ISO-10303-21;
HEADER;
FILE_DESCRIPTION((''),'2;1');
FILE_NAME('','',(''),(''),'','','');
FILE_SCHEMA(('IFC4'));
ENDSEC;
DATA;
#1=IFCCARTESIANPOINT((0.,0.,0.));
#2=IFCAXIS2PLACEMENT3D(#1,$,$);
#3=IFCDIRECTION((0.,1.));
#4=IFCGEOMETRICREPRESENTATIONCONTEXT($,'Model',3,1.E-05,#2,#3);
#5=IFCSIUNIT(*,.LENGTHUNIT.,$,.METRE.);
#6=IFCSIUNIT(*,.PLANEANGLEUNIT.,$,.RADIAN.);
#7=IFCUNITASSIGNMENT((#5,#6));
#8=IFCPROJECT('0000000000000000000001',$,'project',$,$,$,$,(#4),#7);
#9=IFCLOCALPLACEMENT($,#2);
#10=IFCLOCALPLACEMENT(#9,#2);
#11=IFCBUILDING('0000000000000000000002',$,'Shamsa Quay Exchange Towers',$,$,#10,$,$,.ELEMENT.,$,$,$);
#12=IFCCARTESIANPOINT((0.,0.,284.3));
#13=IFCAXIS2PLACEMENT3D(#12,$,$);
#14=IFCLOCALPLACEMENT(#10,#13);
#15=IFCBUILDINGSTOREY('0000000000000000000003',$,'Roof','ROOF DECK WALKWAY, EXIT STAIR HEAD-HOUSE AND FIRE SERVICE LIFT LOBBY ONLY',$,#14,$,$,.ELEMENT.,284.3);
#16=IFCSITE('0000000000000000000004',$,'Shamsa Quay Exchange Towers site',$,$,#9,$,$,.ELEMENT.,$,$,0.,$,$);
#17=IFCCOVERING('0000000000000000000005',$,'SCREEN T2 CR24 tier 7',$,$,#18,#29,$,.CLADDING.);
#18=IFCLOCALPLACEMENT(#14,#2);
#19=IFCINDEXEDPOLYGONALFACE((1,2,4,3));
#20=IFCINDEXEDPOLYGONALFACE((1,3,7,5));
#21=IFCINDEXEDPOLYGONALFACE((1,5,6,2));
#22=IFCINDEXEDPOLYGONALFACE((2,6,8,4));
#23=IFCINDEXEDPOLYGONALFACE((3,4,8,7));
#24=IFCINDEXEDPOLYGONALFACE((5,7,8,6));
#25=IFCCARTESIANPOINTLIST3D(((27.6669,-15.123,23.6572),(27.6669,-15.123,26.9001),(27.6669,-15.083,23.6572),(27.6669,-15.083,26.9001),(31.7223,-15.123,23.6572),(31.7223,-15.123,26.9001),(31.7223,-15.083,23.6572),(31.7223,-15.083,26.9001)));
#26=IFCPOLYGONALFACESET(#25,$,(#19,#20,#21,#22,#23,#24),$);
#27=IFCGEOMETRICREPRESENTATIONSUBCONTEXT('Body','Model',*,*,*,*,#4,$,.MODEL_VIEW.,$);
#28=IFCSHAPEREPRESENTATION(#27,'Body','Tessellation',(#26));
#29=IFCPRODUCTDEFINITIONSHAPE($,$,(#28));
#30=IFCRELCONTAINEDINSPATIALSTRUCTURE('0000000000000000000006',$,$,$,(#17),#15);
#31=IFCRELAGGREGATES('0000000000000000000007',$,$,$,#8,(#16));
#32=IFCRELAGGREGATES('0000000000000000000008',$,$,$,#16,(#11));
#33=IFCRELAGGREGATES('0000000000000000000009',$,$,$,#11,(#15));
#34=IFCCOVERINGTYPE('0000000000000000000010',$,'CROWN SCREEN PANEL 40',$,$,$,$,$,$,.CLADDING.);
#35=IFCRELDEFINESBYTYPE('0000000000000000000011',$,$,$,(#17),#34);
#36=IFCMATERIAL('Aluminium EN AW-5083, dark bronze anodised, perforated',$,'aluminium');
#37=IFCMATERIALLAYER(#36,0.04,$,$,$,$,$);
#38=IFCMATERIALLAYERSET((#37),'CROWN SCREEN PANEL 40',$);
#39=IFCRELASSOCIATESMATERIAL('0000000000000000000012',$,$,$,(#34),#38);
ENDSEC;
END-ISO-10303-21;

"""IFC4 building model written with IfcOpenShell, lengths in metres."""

from ifc_helpers import new_model, si_unit, direction, frame, origin, origin_2d, place, context, subcontext, project, spatial, rectangle, extrude, material, layer, layer_set, type_object, element, save


model = new_model("IFC4")

# Units and contexts
model_context = context("Model", 3, precision=1e-05, world=origin(), true_north=direction((0.0, 1.0)))
body_context = subcontext(model_context, "Body", "Model", "MODEL_VIEW")
ifc_project = project(units=[si_unit("LENGTHUNIT", "METRE"), si_unit("PLANEANGLEUNIT", "RADIAN")], contexts=[model_context])

# Site, building, storey
site_placement = place(None, origin())
site = spatial("IfcSite", under=ifc_project, at=site_placement, Name="Shamsa Quay Exchange Towers site", CompositionType="ELEMENT", RefElevation=0.0)
building_placement = place(site_placement, origin())
building = spatial("IfcBuilding", under=site, at=building_placement, Name="Shamsa Quay Exchange Towers", CompositionType="ELEMENT")
storey_placement = place(building_placement, frame((0.0, 0.0, 284.3)))
storey = spatial("IfcBuildingStorey", under=building, at=storey_placement, Name="Roof", Description="ROOF DECK WALKWAY, EXIT STAIR HEAD-HOUSE AND FIRE SERVICE LIFT LOBBY ONLY", CompositionType="ELEMENT", Elevation=284.3)

# Covering
ifc_material_1 = material(Name="Aluminium EN AW-5083, dark bronze anodised, perforated", Category="aluminium")
ifc_layer = layer(ifc_material_1, 0.04)
ifc_layer_set = layer_set([ifc_layer], Name="CROWN SCREEN PANEL 40")
covering_type = type_object("IfcCoveringType", Name="CROWN SCREEN PANEL 40", PredefinedType="CLADDING", material=ifc_layer_set)
for number, where, name in (
    (1, (29.6946, -15.103, 23.6572), "SCREEN T2 CR24 tier 7"),
):
    element("IfcCovering", number, at=place(storey_placement, frame(where)), inside=storey, type_object=covering_type, Name=name, PredefinedType="CLADDING", context=body_context, shape_type="SweptSolid", body=[
        extrude(rectangle(XDim=4.0554, YDim=0.04, at=origin_2d()), origin(), (0.0, 0.0, 1.0), 3.2429),
    ])

save(model, "model.ifc")
